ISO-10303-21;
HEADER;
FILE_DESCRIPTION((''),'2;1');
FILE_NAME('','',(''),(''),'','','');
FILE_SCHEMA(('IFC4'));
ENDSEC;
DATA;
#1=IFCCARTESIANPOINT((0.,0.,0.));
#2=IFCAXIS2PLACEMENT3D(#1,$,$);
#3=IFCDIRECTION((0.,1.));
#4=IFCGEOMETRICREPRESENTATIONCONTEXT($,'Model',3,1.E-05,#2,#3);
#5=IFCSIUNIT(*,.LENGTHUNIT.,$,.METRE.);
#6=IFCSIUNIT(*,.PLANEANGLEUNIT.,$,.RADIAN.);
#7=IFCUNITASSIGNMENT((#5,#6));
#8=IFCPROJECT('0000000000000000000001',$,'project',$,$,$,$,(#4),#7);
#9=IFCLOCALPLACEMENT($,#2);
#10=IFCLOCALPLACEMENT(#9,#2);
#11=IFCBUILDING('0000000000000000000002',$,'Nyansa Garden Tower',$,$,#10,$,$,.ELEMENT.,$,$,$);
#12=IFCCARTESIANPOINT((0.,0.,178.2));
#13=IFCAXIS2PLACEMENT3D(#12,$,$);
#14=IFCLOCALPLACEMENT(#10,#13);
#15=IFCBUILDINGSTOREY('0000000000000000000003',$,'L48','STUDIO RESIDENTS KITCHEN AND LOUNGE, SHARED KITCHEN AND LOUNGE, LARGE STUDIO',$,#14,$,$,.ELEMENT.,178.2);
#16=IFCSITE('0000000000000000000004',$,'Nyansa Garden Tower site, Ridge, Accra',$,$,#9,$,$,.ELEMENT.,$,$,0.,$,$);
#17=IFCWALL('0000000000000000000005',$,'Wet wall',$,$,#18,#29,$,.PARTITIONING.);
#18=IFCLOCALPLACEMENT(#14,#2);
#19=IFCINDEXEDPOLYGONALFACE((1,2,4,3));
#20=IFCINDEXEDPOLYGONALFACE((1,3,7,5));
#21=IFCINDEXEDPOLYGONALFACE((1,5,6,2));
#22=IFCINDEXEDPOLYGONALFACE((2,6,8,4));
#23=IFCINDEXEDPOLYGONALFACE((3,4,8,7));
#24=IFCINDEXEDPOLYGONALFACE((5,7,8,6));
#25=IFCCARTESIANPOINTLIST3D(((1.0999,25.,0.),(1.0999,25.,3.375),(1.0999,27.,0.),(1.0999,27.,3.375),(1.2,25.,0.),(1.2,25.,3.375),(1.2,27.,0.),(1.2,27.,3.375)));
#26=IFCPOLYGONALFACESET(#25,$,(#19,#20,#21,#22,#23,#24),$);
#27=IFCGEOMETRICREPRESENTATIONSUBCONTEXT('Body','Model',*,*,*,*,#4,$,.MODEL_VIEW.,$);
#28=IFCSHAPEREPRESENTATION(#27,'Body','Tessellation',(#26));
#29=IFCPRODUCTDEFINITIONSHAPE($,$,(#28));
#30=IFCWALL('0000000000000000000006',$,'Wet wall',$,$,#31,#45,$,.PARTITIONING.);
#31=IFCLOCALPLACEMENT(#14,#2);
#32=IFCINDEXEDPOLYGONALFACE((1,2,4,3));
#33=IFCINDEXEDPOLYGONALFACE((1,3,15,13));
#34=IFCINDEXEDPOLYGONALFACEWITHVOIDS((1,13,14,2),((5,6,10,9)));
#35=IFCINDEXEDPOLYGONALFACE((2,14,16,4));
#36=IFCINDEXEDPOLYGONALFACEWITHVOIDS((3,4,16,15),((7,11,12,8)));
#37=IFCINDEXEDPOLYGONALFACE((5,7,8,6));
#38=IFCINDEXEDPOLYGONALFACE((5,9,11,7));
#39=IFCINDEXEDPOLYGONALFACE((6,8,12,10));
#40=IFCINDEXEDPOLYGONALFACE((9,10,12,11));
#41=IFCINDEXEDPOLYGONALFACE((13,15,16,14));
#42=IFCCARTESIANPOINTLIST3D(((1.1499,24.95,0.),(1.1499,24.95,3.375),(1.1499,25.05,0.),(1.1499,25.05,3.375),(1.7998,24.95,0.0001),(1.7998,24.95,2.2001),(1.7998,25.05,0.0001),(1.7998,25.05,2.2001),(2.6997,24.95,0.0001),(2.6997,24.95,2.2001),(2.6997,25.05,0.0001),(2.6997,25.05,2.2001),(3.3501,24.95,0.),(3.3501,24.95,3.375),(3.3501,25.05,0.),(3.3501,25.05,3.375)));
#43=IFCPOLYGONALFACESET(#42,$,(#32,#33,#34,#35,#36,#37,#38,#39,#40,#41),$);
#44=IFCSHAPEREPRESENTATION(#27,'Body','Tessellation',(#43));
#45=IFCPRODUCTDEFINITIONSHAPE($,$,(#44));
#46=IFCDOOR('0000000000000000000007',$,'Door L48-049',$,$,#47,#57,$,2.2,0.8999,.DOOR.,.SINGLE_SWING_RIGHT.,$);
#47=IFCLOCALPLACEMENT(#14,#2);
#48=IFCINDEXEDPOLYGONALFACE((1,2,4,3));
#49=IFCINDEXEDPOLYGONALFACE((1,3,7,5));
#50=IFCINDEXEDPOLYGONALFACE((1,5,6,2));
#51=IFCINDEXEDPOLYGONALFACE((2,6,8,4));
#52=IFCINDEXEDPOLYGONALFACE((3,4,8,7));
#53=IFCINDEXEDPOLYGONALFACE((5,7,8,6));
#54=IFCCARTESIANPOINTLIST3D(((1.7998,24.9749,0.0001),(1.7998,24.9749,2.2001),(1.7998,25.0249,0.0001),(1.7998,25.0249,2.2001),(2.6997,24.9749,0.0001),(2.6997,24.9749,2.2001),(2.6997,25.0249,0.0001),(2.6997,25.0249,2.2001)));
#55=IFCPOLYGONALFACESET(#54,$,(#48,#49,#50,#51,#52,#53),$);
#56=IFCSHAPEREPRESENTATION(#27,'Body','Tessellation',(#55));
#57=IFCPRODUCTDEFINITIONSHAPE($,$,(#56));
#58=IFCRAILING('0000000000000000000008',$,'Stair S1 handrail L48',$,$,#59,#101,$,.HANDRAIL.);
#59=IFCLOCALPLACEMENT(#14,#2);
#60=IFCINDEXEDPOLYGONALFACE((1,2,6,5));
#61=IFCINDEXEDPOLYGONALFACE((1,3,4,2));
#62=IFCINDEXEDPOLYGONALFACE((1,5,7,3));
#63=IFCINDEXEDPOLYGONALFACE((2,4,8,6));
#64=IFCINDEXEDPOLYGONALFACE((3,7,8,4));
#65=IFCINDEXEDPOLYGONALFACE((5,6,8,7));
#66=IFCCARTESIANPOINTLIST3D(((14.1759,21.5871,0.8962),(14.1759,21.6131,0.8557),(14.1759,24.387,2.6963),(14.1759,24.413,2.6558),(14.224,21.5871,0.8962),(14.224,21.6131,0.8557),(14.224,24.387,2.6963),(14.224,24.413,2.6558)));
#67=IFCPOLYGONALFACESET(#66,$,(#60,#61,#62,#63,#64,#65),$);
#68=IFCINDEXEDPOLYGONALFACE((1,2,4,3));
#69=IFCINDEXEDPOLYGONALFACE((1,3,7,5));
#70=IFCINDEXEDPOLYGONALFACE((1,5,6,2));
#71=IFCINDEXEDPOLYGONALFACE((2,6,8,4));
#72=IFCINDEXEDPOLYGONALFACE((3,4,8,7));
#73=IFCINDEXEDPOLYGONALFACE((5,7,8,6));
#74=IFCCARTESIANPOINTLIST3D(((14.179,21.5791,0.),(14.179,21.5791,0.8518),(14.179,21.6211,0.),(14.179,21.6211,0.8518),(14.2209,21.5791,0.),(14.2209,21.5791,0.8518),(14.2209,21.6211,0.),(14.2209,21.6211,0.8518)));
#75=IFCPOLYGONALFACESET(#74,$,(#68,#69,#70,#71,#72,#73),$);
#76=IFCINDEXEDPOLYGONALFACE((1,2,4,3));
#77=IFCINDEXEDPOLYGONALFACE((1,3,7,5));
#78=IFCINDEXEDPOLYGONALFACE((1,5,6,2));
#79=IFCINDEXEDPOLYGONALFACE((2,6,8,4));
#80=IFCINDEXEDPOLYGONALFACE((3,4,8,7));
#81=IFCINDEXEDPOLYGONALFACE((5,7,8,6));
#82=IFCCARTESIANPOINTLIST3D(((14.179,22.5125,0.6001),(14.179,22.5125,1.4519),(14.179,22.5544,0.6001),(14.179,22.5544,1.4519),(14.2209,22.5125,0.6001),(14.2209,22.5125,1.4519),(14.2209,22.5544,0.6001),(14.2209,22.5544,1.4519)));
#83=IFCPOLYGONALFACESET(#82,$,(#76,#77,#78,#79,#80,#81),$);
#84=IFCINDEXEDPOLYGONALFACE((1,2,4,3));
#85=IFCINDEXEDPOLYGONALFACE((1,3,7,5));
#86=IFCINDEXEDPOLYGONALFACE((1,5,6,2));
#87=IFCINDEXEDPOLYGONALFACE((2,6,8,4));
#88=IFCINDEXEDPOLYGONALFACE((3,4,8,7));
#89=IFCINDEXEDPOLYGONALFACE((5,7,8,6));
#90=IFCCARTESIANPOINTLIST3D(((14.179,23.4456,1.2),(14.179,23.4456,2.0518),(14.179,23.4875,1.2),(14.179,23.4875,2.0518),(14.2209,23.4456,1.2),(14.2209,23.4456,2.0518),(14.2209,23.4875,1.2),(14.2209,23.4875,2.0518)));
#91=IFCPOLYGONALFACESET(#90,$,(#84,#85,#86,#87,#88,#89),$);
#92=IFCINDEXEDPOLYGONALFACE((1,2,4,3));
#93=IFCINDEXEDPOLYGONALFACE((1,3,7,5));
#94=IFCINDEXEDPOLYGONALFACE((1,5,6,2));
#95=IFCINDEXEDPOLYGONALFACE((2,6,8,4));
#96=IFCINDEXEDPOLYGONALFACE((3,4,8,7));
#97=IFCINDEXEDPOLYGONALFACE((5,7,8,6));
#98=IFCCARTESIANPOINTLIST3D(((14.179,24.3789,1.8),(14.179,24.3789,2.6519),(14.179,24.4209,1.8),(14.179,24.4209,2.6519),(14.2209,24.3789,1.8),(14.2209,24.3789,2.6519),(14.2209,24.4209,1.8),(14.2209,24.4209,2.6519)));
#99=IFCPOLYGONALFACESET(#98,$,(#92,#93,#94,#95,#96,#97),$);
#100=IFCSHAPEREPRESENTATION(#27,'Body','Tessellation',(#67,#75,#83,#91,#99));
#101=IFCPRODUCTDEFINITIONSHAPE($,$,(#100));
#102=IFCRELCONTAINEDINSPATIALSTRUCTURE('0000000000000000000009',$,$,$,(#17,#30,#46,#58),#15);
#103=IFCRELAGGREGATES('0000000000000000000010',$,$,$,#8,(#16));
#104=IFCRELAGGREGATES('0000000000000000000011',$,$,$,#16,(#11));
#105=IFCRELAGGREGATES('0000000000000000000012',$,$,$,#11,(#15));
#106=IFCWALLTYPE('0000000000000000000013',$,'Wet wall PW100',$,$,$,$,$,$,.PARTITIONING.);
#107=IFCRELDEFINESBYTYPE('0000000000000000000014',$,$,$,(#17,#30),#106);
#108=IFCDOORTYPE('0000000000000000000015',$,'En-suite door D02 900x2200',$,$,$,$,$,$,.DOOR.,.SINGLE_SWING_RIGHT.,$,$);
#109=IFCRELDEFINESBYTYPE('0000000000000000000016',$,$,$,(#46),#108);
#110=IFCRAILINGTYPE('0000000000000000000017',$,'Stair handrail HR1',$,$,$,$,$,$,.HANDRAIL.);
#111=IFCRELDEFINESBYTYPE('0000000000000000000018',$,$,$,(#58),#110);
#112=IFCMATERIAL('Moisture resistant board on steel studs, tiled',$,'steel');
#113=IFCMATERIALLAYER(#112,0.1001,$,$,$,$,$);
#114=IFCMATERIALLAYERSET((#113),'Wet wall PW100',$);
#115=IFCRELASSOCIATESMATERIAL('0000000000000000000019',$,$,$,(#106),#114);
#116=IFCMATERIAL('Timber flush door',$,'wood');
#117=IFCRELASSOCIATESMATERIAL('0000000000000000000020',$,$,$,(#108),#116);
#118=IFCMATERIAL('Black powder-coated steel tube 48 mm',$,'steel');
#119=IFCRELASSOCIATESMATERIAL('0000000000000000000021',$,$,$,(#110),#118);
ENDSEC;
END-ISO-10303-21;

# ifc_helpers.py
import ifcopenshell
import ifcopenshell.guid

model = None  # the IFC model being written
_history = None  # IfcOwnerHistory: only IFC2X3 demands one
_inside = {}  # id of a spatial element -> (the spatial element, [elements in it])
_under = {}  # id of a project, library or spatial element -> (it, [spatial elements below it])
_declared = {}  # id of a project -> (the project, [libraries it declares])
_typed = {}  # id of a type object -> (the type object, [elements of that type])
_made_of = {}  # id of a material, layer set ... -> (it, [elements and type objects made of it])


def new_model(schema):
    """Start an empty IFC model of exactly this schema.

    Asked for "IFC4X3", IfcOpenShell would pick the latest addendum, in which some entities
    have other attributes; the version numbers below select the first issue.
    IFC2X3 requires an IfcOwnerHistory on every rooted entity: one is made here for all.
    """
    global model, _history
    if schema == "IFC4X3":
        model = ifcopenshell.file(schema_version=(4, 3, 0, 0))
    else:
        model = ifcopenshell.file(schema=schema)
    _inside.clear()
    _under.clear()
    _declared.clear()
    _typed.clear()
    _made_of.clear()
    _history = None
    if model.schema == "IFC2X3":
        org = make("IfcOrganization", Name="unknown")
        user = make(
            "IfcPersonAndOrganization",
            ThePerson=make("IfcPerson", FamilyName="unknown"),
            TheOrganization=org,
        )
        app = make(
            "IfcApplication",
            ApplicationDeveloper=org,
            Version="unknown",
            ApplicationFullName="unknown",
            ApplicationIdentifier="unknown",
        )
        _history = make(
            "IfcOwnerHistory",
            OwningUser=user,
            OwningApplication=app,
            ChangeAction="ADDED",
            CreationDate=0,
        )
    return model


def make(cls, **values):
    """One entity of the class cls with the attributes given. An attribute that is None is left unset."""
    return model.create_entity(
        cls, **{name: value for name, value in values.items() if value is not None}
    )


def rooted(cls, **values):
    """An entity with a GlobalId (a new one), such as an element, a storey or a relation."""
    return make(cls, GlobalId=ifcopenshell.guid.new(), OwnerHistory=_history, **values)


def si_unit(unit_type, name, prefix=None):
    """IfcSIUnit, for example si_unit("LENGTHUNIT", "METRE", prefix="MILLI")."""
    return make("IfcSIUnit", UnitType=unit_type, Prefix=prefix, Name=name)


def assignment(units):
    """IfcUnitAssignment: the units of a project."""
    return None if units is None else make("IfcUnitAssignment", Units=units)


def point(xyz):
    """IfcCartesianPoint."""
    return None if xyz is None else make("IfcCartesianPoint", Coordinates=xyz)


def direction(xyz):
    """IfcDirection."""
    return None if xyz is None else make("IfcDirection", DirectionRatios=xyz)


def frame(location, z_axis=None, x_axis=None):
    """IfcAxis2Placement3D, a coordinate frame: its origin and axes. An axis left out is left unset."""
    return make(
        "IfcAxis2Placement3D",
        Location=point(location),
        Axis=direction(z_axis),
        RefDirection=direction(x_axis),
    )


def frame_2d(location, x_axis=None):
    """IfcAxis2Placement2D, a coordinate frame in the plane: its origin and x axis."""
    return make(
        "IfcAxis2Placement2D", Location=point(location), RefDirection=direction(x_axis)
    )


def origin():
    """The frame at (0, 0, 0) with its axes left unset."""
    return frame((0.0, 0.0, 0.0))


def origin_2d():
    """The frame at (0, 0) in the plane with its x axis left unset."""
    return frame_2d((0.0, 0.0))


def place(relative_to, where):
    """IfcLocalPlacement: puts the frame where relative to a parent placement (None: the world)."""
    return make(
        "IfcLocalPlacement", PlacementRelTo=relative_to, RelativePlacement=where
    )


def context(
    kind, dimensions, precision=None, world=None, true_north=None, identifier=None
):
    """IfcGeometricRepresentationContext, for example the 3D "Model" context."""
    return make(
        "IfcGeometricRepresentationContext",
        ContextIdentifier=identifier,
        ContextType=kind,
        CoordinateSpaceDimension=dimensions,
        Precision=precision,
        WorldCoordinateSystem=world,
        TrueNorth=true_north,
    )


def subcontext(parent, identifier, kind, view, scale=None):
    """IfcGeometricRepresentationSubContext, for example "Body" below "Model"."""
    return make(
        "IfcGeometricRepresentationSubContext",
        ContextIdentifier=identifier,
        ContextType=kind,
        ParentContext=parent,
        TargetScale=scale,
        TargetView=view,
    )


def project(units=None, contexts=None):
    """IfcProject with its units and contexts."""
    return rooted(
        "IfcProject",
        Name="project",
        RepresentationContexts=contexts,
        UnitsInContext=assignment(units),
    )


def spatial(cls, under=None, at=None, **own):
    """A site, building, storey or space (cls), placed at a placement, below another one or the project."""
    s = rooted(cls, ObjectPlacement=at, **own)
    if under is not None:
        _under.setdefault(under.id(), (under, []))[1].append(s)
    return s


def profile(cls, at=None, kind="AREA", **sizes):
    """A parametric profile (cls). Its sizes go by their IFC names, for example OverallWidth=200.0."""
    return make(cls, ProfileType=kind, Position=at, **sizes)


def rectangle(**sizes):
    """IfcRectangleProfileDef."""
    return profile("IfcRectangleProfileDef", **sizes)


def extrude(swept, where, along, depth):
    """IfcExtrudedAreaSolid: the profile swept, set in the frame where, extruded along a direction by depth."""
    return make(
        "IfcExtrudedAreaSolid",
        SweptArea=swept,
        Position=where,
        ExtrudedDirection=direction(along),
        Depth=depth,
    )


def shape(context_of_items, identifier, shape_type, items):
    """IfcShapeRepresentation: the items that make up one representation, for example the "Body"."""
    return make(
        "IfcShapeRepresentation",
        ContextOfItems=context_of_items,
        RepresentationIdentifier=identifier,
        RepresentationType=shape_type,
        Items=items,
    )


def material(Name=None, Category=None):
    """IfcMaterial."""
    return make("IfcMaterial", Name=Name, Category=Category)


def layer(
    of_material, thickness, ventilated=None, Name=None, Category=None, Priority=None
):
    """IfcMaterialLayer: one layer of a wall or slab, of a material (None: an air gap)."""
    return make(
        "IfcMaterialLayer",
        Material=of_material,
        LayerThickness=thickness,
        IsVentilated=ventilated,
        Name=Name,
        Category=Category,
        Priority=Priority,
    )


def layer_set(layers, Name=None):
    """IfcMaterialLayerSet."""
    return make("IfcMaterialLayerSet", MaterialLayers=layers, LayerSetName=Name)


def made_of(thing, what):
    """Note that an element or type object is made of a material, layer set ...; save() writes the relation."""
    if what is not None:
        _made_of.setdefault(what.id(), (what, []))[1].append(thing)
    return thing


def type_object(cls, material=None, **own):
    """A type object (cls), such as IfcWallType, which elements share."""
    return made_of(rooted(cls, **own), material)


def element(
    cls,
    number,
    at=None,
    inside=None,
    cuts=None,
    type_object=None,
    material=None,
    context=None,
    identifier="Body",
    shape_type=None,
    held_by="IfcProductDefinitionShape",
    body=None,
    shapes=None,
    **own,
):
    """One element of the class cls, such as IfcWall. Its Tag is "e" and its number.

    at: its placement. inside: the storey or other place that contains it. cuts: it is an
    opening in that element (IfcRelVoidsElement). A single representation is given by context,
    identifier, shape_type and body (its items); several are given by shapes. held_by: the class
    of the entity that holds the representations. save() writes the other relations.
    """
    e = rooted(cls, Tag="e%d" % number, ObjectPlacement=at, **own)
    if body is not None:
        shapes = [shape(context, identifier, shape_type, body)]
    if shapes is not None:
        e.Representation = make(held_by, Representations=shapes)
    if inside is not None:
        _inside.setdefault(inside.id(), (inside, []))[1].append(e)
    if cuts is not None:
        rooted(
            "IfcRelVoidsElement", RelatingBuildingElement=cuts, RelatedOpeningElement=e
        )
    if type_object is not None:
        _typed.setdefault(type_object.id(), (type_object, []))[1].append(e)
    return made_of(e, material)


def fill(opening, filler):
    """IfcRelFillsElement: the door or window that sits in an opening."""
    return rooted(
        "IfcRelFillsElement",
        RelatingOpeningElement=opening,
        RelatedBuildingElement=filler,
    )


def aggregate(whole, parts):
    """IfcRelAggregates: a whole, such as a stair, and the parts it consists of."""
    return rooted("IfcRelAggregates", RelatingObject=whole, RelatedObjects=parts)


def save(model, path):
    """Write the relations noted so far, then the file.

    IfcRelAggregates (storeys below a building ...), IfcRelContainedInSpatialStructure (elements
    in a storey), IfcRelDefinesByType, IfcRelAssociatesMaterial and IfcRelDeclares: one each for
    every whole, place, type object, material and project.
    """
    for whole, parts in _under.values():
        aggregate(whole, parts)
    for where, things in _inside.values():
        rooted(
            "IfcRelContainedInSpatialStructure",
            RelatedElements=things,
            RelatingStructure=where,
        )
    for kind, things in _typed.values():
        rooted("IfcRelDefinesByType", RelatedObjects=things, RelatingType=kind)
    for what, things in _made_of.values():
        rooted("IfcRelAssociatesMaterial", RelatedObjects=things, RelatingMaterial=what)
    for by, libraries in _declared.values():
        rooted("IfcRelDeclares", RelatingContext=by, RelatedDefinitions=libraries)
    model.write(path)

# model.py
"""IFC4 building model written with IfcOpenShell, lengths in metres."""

from ifc_helpers import new_model, si_unit, direction, frame, frame_2d, origin, origin_2d, place, context, subcontext, project, spatial, rectangle, extrude, material, layer, layer_set, type_object, element, fill, save


model = new_model("IFC4")

# Units and contexts
model_context = context("Model", 3, precision=1e-05, world=origin(), true_north=direction((0.0, 1.0)))
body_context = subcontext(model_context, "Body", "Model", "MODEL_VIEW")
ifc_project = project(units=[si_unit("LENGTHUNIT", "METRE"), si_unit("PLANEANGLEUNIT", "RADIAN")], contexts=[model_context])

# Site, building, storey
site_placement = place(None, origin())
site = spatial("IfcSite", under=ifc_project, at=site_placement, Name="Nyansa Garden Tower site, Ridge, Accra", CompositionType="ELEMENT", RefElevation=0.0)
building_placement = place(site_placement, origin())
building = spatial("IfcBuilding", under=site, at=building_placement, Name="Nyansa Garden Tower", CompositionType="ELEMENT")
storey_placement = place(building_placement, frame((0.0, 0.0, 178.2)))
storey = spatial("IfcBuildingStorey", under=building, at=storey_placement, Name="L48", Description="STUDIO RESIDENTS KITCHEN AND LOUNGE, SHARED KITCHEN AND LOUNGE, LARGE STUDIO", CompositionType="ELEMENT", Elevation=178.2)

# Wall
ifc_material_1 = material(Name="Moisture resistant board on steel studs, tiled", Category="steel")
ifc_layer_1 = layer(ifc_material_1, 0.1001)
ifc_layer_set_1 = layer_set([ifc_layer_1], Name="Wet wall PW100")
wall_type_1 = type_object("IfcWallType", Name="Wet wall PW100", PredefinedType="PARTITIONING", material=ifc_layer_set_1)
wall_1_placement = place(storey_placement, frame((1.1499, 25.0, 0.0), z_axis=(0.0, 0.0, 1.0), x_axis=(0.0, 1.0, 0.0)))
element("IfcWall", 1, at=wall_1_placement, inside=storey, type_object=wall_type_1, Name="Wet wall", PredefinedType="PARTITIONING", context=body_context, shape_type="SweptSolid", body=[
    extrude(rectangle(XDim=2.0, YDim=0.1001, at=frame_2d((1.0, 0.0))), origin(), (0.0, 0.0, 1.0), 3.375),
])

# Wall, opening, door
wall_2_placement = place(storey_placement, frame((1.1499, 25.0, 0.0), z_axis=(0.0, 0.0, 1.0), x_axis=(1.0, 0.0, 0.0)))
wall_2 = element("IfcWall", 2, at=wall_2_placement, inside=storey, type_object=wall_type_1, Name="Wet wall", PredefinedType="PARTITIONING", context=body_context, shape_type="SweptSolid", body=[
    extrude(rectangle(XDim=2.2002, YDim=0.1001, at=frame_2d((1.1001, 0.0))), origin(), (0.0, 0.0, 1.0), 3.375),
])
opening_1_placement = place(wall_2_placement, frame((0.6499, 0.0, 0.0)))
opening_1 = element("IfcOpeningElement", 3, at=opening_1_placement, cuts=wall_2, PredefinedType="OPENING", context=body_context, shape_type="SweptSolid", body=[
    extrude(rectangle(XDim=0.8999, YDim=2.2, at=frame_2d((0.45, 1.1001))), frame((0.0, 0.0601, 0.0), z_axis=(0.0, -1.0, 0.0), x_axis=(1.0, 0.0, 0.0)), (0.0, 0.0, 1.0), 0.1201),
])
ifc_material_2 = material(Name="Timber flush door", Category="wood")
door_type_1 = type_object("IfcDoorType", Name="En-suite door D02 900x2200", OperationType="SINGLE_SWING_RIGHT", PredefinedType="DOOR", material=ifc_material_2)
door_1_placement = place(opening_1_placement, origin())
door_1 = element("IfcDoor", 4, at=door_1_placement, inside=storey, type_object=door_type_1, Name="Door L48-049", OperationType="SINGLE_SWING_RIGHT", OverallHeight=2.2, OverallWidth=0.8999, PredefinedType="DOOR", context=body_context, shape_type="SweptSolid", body=[
    extrude(rectangle(XDim=0.8999, YDim=2.2, at=frame_2d((0.45, 1.1001))), frame((0.0, 0.0249, 0.0), z_axis=(0.0, -1.0, 0.0), x_axis=(1.0, 0.0, 0.0)), (0.0, 0.0, 1.0), 0.05),
])
fill(opening_1, door_1)

# Railing
ifc_material_3 = material(Name="Black powder-coated steel tube 48 mm", Category="steel")
railing_type = type_object("IfcRailingType", Name="Stair handrail HR1", PredefinedType="HANDRAIL", material=ifc_material_3)
railing_placement = place(storey_placement, frame((14.2, 21.6001, 0.0)))
element("IfcRailing", 5, at=railing_placement, inside=storey, type_object=railing_type, Name="Stair S1 handrail L48", PredefinedType="HANDRAIL", context=body_context, shape_type="SweptSolid", body=[
    extrude(rectangle(XDim=0.0481, YDim=0.0481, at=origin_2d()), frame((0.0, 0.0, 0.876), z_axis=(0.0, 0.841155, 0.540795), x_axis=(-1.0, 0.0, 0.0)), (0.0, 0.0, 1.0), 3.3286),
    extrude(rectangle(XDim=0.042, YDim=0.042, at=origin_2d()), origin(), (0.0, 0.0, 1.0), 0.8518),
    extrude(rectangle(XDim=0.042, YDim=0.042, at=origin_2d()), frame((0.0, 0.9333, 0.6001)), (0.0, 0.0, 1.0), 0.8518),
    extrude(rectangle(XDim=0.042, YDim=0.042, at=origin_2d()), frame((0.0, 1.8665, 1.2)), (0.0, 0.0, 1.0), 0.8518),
    extrude(rectangle(XDim=0.042, YDim=0.042, at=origin_2d()), frame((0.0, 2.7998, 1.8)), (0.0, 0.0, 1.0), 0.8518),
])

save(model, "model.ifc")
